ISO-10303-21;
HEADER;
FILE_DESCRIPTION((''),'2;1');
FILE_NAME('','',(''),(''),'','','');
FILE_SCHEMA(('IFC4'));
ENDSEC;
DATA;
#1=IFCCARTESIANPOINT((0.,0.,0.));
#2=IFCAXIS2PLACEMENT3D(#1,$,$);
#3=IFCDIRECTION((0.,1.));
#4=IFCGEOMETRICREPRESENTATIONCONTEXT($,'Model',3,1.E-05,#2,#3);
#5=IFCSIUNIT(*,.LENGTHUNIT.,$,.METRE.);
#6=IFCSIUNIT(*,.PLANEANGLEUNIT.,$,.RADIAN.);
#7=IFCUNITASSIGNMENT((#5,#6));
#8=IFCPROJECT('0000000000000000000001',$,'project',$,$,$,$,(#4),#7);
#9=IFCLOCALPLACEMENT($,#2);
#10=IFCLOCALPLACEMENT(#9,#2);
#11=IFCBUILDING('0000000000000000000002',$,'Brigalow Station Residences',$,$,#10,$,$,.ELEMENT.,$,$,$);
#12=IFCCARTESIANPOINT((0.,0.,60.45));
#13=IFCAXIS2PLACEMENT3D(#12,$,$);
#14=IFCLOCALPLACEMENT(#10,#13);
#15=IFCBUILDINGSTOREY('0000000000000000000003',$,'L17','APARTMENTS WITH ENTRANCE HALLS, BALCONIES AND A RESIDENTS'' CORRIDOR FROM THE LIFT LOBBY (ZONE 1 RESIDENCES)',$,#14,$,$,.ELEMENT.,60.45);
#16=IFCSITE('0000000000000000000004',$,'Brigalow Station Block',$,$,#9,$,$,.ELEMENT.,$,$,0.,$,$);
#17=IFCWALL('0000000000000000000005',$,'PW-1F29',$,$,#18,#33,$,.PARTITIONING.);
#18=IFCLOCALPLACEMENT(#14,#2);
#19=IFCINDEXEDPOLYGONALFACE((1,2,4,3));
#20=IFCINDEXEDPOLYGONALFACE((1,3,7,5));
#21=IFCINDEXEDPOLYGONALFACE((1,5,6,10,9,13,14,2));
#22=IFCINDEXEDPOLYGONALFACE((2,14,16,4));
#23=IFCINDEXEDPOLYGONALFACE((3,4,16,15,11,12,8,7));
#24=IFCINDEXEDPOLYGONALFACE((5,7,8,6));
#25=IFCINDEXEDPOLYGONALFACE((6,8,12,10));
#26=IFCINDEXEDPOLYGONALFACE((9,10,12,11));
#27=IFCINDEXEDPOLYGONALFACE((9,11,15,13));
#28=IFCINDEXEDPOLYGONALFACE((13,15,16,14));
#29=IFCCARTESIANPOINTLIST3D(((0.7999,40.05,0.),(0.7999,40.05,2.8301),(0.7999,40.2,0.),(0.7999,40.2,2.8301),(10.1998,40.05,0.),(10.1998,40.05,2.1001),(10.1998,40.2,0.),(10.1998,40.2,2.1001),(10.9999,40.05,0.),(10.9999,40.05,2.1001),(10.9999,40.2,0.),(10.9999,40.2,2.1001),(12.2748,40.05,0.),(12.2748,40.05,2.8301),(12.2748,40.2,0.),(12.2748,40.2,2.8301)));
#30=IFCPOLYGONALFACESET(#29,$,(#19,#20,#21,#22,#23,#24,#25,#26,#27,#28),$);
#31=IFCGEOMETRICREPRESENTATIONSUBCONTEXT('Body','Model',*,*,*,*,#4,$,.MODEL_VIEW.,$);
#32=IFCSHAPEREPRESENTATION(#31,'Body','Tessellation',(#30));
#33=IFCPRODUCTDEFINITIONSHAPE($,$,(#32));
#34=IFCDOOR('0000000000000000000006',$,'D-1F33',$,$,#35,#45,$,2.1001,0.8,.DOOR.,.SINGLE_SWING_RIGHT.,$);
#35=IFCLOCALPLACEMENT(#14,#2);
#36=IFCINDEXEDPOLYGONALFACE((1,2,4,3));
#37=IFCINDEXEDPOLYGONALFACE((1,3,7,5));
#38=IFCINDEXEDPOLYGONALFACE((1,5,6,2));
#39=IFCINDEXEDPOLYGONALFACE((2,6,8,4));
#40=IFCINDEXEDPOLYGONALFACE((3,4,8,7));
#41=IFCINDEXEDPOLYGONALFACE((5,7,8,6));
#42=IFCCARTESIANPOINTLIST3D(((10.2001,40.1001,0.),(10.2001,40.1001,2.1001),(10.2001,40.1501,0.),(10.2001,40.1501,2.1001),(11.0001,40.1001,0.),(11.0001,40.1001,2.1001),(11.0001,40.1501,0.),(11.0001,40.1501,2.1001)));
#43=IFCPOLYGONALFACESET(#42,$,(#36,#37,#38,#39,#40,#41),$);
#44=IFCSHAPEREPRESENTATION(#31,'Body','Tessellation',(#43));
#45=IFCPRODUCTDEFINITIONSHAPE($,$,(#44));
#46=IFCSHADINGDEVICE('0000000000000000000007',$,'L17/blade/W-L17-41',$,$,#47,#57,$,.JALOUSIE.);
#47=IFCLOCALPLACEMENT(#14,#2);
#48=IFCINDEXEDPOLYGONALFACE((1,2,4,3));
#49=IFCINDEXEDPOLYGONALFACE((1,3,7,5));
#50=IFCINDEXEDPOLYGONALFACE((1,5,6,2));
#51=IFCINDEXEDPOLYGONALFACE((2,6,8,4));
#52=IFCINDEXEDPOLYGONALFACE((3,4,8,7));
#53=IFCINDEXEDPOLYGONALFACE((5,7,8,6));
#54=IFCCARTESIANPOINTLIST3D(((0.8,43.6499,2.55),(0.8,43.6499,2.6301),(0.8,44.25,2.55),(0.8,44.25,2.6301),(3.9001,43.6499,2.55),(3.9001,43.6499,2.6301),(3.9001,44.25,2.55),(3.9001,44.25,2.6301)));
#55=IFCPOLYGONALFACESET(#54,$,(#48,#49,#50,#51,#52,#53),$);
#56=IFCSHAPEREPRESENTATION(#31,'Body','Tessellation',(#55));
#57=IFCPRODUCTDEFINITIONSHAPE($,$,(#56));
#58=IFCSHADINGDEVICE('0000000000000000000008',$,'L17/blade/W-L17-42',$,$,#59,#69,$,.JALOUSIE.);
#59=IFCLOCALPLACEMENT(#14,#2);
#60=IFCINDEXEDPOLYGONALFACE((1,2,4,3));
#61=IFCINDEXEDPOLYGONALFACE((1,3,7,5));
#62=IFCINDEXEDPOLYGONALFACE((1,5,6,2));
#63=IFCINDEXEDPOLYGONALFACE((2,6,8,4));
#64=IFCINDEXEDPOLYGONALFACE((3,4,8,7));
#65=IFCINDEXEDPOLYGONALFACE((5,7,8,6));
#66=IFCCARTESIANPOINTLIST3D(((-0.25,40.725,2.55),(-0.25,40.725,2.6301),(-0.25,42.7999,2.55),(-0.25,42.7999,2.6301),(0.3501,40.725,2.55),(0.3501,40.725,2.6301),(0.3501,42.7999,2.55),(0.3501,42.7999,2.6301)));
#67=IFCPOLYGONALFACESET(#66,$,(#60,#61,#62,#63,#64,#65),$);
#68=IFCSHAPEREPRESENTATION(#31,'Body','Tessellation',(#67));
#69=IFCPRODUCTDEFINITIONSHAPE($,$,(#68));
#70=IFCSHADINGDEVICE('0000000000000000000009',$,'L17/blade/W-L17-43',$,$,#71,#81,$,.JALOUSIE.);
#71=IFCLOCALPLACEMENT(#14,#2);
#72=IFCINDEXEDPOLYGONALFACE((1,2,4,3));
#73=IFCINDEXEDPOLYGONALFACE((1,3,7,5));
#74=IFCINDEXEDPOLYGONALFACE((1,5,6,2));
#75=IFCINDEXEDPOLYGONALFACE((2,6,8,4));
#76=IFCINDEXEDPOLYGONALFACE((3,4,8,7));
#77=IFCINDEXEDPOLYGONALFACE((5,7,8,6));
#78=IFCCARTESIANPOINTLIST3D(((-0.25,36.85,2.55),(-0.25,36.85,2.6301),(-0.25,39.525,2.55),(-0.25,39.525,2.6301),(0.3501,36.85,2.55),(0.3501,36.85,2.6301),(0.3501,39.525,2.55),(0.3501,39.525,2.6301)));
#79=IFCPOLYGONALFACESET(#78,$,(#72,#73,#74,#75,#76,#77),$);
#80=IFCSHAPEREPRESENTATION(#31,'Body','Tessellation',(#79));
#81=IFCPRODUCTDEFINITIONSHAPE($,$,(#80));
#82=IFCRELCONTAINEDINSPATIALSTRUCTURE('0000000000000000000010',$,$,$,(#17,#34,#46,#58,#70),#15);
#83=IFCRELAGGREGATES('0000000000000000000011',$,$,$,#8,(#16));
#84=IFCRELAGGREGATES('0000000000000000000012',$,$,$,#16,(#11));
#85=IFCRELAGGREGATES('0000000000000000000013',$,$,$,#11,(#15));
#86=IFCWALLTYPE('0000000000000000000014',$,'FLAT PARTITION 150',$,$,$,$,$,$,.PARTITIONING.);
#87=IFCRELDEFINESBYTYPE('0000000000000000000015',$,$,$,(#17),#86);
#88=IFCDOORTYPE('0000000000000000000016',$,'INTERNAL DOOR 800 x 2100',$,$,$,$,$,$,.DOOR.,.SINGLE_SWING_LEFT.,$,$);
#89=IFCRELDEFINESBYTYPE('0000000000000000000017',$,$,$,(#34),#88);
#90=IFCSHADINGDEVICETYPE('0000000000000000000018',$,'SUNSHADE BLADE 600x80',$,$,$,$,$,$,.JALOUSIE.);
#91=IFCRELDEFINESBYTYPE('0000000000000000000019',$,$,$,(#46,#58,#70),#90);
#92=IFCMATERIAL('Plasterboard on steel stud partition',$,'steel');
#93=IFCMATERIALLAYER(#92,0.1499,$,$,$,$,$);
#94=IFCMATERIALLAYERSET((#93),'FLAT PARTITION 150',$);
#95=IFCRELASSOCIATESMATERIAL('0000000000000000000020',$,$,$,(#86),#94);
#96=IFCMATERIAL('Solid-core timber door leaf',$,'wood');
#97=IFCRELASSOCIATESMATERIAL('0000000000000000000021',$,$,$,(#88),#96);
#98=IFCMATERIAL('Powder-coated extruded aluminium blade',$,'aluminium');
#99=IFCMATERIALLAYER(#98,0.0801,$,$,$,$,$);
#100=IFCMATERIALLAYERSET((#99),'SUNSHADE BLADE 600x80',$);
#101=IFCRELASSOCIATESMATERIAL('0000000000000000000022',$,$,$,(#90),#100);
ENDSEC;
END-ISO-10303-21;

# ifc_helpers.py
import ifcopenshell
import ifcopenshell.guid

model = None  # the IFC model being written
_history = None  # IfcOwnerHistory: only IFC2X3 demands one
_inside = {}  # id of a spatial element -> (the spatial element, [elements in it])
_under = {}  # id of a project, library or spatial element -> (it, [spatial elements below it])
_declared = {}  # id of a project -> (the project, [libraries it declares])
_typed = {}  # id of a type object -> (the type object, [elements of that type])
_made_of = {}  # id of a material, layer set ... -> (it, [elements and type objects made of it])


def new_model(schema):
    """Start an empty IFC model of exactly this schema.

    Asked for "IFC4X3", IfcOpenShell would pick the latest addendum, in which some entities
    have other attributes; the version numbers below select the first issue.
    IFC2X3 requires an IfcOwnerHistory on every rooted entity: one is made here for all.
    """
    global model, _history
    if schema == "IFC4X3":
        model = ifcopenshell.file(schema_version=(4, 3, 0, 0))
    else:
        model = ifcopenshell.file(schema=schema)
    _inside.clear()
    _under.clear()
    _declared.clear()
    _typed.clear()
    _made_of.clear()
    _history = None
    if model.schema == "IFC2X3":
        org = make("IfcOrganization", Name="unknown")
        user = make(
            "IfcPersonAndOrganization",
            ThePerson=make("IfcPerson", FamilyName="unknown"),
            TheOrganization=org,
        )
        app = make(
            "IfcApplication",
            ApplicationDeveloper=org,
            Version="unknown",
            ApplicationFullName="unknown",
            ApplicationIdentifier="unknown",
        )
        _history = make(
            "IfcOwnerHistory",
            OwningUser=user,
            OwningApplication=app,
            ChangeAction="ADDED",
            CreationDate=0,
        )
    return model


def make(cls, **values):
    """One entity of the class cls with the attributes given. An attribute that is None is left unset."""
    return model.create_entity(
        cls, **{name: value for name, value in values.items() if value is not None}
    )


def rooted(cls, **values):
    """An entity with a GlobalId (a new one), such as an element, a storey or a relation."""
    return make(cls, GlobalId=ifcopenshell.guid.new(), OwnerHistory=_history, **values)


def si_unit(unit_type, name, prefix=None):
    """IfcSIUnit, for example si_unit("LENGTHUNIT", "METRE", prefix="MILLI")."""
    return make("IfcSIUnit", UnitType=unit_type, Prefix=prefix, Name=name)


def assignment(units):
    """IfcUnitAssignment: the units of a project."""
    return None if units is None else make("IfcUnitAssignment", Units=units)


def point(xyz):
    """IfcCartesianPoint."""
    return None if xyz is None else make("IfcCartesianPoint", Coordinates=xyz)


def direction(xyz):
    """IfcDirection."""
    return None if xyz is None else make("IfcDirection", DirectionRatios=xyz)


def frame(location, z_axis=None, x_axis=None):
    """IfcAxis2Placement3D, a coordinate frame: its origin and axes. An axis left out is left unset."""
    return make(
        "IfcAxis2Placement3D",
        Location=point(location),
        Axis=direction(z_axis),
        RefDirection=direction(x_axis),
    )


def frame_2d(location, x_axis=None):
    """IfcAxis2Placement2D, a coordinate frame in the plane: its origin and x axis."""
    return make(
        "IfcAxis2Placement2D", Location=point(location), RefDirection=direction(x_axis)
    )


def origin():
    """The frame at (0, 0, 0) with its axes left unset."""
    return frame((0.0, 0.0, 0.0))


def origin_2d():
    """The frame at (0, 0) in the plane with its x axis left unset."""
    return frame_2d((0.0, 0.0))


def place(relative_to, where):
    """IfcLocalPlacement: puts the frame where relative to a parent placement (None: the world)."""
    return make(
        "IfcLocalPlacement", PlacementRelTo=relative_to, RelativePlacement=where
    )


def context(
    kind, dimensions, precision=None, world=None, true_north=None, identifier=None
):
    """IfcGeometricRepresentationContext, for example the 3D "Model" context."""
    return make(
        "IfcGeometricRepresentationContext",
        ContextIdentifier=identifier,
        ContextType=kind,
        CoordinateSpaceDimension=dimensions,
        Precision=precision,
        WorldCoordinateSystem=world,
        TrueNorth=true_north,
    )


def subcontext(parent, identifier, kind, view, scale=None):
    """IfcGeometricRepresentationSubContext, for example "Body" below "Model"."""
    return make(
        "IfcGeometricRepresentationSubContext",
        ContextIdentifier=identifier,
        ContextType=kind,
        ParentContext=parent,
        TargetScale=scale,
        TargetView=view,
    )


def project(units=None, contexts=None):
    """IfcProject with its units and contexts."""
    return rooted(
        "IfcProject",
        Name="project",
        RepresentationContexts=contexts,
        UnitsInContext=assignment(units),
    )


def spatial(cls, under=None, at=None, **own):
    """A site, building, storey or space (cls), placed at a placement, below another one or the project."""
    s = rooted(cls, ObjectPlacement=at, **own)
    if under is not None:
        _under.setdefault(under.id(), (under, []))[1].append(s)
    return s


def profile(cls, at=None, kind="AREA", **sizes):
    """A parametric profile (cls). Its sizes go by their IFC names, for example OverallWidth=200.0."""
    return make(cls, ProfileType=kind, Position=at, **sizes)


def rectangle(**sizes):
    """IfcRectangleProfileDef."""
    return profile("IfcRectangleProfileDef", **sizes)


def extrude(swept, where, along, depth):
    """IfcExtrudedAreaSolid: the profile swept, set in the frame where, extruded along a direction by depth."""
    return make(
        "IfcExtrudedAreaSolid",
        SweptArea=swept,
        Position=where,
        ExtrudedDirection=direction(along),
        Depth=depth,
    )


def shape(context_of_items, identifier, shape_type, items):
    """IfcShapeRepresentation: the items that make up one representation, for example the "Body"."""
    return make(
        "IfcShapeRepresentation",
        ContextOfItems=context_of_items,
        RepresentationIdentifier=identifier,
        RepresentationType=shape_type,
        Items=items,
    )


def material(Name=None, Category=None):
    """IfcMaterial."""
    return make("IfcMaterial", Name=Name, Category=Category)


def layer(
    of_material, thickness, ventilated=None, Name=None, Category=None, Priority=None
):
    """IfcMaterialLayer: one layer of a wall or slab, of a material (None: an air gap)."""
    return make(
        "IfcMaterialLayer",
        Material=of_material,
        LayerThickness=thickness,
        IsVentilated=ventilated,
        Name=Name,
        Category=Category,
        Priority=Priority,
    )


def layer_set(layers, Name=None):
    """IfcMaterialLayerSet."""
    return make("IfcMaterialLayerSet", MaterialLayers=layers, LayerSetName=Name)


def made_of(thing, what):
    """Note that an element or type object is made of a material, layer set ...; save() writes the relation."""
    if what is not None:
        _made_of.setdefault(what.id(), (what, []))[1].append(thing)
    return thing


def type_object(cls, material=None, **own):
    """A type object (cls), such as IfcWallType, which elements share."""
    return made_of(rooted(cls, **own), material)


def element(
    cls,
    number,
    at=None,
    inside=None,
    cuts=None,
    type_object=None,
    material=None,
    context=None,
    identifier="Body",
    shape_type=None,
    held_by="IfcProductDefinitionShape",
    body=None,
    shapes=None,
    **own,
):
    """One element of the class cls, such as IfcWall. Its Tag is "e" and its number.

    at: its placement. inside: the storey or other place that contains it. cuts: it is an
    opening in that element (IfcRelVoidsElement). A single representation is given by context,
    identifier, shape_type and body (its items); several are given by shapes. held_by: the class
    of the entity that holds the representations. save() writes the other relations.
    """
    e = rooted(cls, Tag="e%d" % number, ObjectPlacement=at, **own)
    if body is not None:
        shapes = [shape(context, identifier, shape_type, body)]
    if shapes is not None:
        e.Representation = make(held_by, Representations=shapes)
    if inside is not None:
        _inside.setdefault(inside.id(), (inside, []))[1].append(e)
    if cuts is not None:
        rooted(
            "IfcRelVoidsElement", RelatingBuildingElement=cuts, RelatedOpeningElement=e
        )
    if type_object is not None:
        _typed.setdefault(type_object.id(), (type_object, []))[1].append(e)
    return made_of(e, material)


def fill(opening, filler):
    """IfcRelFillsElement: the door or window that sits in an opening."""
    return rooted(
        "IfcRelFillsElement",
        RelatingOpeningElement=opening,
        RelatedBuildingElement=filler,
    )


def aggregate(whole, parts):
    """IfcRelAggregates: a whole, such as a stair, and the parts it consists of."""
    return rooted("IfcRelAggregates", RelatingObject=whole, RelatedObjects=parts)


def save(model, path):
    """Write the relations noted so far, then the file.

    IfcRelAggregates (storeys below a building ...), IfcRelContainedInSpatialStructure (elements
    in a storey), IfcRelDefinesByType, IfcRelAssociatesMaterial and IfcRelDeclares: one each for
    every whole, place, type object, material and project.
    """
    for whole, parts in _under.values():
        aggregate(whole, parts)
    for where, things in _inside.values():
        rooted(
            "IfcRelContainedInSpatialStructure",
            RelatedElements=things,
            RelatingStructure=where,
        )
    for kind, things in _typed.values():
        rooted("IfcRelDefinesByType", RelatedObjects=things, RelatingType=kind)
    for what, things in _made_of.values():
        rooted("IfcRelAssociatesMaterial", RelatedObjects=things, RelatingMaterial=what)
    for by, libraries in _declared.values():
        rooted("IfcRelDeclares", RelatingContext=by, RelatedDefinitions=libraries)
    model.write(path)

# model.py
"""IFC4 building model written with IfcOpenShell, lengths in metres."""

from ifc_helpers import new_model, si_unit, direction, frame, frame_2d, origin, origin_2d, place, context, subcontext, project, spatial, rectangle, extrude, material, layer, layer_set, type_object, element, fill, save


model = new_model("IFC4")

# Units and contexts
model_context = context("Model", 3, precision=1e-05, world=origin(), true_north=direction((0.0, 1.0)))
body_context = subcontext(model_context, "Body", "Model", "MODEL_VIEW")
ifc_project = project(units=[si_unit("LENGTHUNIT", "METRE"), si_unit("PLANEANGLEUNIT", "RADIAN")], contexts=[model_context])

# Site, building, storey
site_placement = place(None, origin())
site = spatial("IfcSite", under=ifc_project, at=site_placement, Name="Brigalow Station Block", CompositionType="ELEMENT", RefElevation=0.0)
building_placement = place(site_placement, origin())
building = spatial("IfcBuilding", under=site, at=building_placement, Name="Brigalow Station Residences", CompositionType="ELEMENT")
storey_placement = place(building_placement, frame((0.0, 0.0, 60.45)))
storey = spatial("IfcBuildingStorey", under=building, at=storey_placement, Name="L17", Description="APARTMENTS WITH ENTRANCE HALLS, BALCONIES AND A RESIDENTS' CORRIDOR FROM THE LIFT LOBBY (ZONE 1 RESIDENCES)", CompositionType="ELEMENT", Elevation=60.45)

# Wall, opening, door
ifc_material_1 = material(Name="Plasterboard on steel stud partition", Category="steel")
ifc_layer_1 = layer(ifc_material_1, 0.1499)
ifc_layer_set_1 = layer_set([ifc_layer_1], Name="FLAT PARTITION 150")
wall_type_1 = type_object("IfcWallType", Name="FLAT PARTITION 150", PredefinedType="PARTITIONING", material=ifc_layer_set_1)
wall_1_placement = place(storey_placement, frame((0.8, 40.125, 0.0), z_axis=(0.0, 0.0, 1.0), x_axis=(1.0, 0.0, 0.0)))
wall_1 = element("IfcWall", 1, at=wall_1_placement, inside=storey, type_object=wall_type_1, Name="PW-1F29", PredefinedType="PARTITIONING", context=body_context, shape_type="SweptSolid", body=[
    extrude(rectangle(XDim=11.4749, YDim=0.1499, at=frame_2d((5.7373, 0.0))), origin(), (0.0, 0.0, 1.0), 2.8301),
])
opening_1_placement = place(wall_1_placement, frame((9.3999, 0.0, 0.0)))
opening_1 = element("IfcOpeningElement", 2, at=opening_1_placement, cuts=wall_1, PredefinedType="OPENING", context=body_context, shape_type="SweptSolid", body=[
    extrude(rectangle(XDim=0.8, YDim=2.1001, at=frame_2d((0.3999, 1.05))), frame((0.0, 0.085, 0.0), z_axis=(0.0, -1.0, 0.0), x_axis=(1.0, 0.0, 0.0)), (0.0, 0.0, 1.0), 0.1699),
])
ifc_material_2 = material(Name="Solid-core timber door leaf", Category="wood")
door_type = type_object("IfcDoorType", Name="INTERNAL DOOR 800 x 2100", OperationType="SINGLE_SWING_LEFT", PredefinedType="DOOR", material=ifc_material_2)
door_placement = place(opening_1_placement, frame((0.8, 0.0, 0.0), z_axis=(0.0, 0.0, 1.0), x_axis=(-1.0, 0.0, 0.0)))
door = element("IfcDoor", 3, at=door_placement, inside=storey, type_object=door_type, Name="D-1F33", OperationType="SINGLE_SWING_RIGHT", OverallHeight=2.1001, OverallWidth=0.8, PredefinedType="DOOR", context=body_context, shape_type="SweptSolid", body=[
    extrude(rectangle(XDim=0.8, YDim=2.1001, at=frame_2d((0.3999, 1.05))), frame((0.0, 0.0249, 0.0), z_axis=(0.0, -1.0, 0.0), x_axis=(1.0, 0.0, 0.0)), (0.0, 0.0, 1.0), 0.05),
])
fill(opening_1, door)

# Shading devices
ifc_material_3 = material(Name="Powder-coated extruded aluminium blade", Category="aluminium")
ifc_layer_2 = layer(ifc_material_3, 0.0801)
ifc_layer_set_2 = layer_set([ifc_layer_2], Name="SUNSHADE BLADE 600x80")
shading_device_type = type_object("IfcShadingDeviceType", Name="SUNSHADE BLADE 600x80", PredefinedType="JALOUSIE", material=ifc_layer_set_2)
shading_device_1_placement = place(storey_placement, frame((2.3501, 43.95, 2.55), z_axis=(0.0, 0.0, 1.0), x_axis=(-1.0, 0.0, 0.0)))
element("IfcShadingDevice", 4, at=shading_device_1_placement, inside=storey, type_object=shading_device_type, Name="L17/blade/W-L17-41", PredefinedType="JALOUSIE", context=body_context, shape_type="SweptSolid", body=[
    extrude(rectangle(XDim=3.1001, YDim=0.6001, at=origin_2d()), origin(), (0.0, 0.0, 1.0), 0.0801),
])
shading_device_2_placement = place(storey_placement, frame((0.05, 41.7625, 2.55), z_axis=(0.0, 0.0, 1.0), x_axis=(0.0, -1.0, 0.0)))
element("IfcShadingDevice", 5, at=shading_device_2_placement, inside=storey, type_object=shading_device_type, Name="L17/blade/W-L17-42", PredefinedType="JALOUSIE", context=body_context, shape_type="SweptSolid", body=[
    extrude(rectangle(XDim=2.075, YDim=0.6001, at=origin_2d()), origin(), (0.0, 0.0, 1.0), 0.0801),
])
shading_device_3_placement = place(storey_placement, frame((0.05, 38.1875, 2.55), z_axis=(0.0, 0.0, 1.0), x_axis=(0.0, -1.0, 0.0)))
element("IfcShadingDevice", 6, at=shading_device_3_placement, inside=storey, type_object=shading_device_type, Name="L17/blade/W-L17-43", PredefinedType="JALOUSIE", context=body_context, shape_type="SweptSolid", body=[
    extrude(rectangle(XDim=2.675, YDim=0.6001, at=origin_2d()), origin(), (0.0, 0.0, 1.0), 0.0801),
])

save(model, "model.ifc")
